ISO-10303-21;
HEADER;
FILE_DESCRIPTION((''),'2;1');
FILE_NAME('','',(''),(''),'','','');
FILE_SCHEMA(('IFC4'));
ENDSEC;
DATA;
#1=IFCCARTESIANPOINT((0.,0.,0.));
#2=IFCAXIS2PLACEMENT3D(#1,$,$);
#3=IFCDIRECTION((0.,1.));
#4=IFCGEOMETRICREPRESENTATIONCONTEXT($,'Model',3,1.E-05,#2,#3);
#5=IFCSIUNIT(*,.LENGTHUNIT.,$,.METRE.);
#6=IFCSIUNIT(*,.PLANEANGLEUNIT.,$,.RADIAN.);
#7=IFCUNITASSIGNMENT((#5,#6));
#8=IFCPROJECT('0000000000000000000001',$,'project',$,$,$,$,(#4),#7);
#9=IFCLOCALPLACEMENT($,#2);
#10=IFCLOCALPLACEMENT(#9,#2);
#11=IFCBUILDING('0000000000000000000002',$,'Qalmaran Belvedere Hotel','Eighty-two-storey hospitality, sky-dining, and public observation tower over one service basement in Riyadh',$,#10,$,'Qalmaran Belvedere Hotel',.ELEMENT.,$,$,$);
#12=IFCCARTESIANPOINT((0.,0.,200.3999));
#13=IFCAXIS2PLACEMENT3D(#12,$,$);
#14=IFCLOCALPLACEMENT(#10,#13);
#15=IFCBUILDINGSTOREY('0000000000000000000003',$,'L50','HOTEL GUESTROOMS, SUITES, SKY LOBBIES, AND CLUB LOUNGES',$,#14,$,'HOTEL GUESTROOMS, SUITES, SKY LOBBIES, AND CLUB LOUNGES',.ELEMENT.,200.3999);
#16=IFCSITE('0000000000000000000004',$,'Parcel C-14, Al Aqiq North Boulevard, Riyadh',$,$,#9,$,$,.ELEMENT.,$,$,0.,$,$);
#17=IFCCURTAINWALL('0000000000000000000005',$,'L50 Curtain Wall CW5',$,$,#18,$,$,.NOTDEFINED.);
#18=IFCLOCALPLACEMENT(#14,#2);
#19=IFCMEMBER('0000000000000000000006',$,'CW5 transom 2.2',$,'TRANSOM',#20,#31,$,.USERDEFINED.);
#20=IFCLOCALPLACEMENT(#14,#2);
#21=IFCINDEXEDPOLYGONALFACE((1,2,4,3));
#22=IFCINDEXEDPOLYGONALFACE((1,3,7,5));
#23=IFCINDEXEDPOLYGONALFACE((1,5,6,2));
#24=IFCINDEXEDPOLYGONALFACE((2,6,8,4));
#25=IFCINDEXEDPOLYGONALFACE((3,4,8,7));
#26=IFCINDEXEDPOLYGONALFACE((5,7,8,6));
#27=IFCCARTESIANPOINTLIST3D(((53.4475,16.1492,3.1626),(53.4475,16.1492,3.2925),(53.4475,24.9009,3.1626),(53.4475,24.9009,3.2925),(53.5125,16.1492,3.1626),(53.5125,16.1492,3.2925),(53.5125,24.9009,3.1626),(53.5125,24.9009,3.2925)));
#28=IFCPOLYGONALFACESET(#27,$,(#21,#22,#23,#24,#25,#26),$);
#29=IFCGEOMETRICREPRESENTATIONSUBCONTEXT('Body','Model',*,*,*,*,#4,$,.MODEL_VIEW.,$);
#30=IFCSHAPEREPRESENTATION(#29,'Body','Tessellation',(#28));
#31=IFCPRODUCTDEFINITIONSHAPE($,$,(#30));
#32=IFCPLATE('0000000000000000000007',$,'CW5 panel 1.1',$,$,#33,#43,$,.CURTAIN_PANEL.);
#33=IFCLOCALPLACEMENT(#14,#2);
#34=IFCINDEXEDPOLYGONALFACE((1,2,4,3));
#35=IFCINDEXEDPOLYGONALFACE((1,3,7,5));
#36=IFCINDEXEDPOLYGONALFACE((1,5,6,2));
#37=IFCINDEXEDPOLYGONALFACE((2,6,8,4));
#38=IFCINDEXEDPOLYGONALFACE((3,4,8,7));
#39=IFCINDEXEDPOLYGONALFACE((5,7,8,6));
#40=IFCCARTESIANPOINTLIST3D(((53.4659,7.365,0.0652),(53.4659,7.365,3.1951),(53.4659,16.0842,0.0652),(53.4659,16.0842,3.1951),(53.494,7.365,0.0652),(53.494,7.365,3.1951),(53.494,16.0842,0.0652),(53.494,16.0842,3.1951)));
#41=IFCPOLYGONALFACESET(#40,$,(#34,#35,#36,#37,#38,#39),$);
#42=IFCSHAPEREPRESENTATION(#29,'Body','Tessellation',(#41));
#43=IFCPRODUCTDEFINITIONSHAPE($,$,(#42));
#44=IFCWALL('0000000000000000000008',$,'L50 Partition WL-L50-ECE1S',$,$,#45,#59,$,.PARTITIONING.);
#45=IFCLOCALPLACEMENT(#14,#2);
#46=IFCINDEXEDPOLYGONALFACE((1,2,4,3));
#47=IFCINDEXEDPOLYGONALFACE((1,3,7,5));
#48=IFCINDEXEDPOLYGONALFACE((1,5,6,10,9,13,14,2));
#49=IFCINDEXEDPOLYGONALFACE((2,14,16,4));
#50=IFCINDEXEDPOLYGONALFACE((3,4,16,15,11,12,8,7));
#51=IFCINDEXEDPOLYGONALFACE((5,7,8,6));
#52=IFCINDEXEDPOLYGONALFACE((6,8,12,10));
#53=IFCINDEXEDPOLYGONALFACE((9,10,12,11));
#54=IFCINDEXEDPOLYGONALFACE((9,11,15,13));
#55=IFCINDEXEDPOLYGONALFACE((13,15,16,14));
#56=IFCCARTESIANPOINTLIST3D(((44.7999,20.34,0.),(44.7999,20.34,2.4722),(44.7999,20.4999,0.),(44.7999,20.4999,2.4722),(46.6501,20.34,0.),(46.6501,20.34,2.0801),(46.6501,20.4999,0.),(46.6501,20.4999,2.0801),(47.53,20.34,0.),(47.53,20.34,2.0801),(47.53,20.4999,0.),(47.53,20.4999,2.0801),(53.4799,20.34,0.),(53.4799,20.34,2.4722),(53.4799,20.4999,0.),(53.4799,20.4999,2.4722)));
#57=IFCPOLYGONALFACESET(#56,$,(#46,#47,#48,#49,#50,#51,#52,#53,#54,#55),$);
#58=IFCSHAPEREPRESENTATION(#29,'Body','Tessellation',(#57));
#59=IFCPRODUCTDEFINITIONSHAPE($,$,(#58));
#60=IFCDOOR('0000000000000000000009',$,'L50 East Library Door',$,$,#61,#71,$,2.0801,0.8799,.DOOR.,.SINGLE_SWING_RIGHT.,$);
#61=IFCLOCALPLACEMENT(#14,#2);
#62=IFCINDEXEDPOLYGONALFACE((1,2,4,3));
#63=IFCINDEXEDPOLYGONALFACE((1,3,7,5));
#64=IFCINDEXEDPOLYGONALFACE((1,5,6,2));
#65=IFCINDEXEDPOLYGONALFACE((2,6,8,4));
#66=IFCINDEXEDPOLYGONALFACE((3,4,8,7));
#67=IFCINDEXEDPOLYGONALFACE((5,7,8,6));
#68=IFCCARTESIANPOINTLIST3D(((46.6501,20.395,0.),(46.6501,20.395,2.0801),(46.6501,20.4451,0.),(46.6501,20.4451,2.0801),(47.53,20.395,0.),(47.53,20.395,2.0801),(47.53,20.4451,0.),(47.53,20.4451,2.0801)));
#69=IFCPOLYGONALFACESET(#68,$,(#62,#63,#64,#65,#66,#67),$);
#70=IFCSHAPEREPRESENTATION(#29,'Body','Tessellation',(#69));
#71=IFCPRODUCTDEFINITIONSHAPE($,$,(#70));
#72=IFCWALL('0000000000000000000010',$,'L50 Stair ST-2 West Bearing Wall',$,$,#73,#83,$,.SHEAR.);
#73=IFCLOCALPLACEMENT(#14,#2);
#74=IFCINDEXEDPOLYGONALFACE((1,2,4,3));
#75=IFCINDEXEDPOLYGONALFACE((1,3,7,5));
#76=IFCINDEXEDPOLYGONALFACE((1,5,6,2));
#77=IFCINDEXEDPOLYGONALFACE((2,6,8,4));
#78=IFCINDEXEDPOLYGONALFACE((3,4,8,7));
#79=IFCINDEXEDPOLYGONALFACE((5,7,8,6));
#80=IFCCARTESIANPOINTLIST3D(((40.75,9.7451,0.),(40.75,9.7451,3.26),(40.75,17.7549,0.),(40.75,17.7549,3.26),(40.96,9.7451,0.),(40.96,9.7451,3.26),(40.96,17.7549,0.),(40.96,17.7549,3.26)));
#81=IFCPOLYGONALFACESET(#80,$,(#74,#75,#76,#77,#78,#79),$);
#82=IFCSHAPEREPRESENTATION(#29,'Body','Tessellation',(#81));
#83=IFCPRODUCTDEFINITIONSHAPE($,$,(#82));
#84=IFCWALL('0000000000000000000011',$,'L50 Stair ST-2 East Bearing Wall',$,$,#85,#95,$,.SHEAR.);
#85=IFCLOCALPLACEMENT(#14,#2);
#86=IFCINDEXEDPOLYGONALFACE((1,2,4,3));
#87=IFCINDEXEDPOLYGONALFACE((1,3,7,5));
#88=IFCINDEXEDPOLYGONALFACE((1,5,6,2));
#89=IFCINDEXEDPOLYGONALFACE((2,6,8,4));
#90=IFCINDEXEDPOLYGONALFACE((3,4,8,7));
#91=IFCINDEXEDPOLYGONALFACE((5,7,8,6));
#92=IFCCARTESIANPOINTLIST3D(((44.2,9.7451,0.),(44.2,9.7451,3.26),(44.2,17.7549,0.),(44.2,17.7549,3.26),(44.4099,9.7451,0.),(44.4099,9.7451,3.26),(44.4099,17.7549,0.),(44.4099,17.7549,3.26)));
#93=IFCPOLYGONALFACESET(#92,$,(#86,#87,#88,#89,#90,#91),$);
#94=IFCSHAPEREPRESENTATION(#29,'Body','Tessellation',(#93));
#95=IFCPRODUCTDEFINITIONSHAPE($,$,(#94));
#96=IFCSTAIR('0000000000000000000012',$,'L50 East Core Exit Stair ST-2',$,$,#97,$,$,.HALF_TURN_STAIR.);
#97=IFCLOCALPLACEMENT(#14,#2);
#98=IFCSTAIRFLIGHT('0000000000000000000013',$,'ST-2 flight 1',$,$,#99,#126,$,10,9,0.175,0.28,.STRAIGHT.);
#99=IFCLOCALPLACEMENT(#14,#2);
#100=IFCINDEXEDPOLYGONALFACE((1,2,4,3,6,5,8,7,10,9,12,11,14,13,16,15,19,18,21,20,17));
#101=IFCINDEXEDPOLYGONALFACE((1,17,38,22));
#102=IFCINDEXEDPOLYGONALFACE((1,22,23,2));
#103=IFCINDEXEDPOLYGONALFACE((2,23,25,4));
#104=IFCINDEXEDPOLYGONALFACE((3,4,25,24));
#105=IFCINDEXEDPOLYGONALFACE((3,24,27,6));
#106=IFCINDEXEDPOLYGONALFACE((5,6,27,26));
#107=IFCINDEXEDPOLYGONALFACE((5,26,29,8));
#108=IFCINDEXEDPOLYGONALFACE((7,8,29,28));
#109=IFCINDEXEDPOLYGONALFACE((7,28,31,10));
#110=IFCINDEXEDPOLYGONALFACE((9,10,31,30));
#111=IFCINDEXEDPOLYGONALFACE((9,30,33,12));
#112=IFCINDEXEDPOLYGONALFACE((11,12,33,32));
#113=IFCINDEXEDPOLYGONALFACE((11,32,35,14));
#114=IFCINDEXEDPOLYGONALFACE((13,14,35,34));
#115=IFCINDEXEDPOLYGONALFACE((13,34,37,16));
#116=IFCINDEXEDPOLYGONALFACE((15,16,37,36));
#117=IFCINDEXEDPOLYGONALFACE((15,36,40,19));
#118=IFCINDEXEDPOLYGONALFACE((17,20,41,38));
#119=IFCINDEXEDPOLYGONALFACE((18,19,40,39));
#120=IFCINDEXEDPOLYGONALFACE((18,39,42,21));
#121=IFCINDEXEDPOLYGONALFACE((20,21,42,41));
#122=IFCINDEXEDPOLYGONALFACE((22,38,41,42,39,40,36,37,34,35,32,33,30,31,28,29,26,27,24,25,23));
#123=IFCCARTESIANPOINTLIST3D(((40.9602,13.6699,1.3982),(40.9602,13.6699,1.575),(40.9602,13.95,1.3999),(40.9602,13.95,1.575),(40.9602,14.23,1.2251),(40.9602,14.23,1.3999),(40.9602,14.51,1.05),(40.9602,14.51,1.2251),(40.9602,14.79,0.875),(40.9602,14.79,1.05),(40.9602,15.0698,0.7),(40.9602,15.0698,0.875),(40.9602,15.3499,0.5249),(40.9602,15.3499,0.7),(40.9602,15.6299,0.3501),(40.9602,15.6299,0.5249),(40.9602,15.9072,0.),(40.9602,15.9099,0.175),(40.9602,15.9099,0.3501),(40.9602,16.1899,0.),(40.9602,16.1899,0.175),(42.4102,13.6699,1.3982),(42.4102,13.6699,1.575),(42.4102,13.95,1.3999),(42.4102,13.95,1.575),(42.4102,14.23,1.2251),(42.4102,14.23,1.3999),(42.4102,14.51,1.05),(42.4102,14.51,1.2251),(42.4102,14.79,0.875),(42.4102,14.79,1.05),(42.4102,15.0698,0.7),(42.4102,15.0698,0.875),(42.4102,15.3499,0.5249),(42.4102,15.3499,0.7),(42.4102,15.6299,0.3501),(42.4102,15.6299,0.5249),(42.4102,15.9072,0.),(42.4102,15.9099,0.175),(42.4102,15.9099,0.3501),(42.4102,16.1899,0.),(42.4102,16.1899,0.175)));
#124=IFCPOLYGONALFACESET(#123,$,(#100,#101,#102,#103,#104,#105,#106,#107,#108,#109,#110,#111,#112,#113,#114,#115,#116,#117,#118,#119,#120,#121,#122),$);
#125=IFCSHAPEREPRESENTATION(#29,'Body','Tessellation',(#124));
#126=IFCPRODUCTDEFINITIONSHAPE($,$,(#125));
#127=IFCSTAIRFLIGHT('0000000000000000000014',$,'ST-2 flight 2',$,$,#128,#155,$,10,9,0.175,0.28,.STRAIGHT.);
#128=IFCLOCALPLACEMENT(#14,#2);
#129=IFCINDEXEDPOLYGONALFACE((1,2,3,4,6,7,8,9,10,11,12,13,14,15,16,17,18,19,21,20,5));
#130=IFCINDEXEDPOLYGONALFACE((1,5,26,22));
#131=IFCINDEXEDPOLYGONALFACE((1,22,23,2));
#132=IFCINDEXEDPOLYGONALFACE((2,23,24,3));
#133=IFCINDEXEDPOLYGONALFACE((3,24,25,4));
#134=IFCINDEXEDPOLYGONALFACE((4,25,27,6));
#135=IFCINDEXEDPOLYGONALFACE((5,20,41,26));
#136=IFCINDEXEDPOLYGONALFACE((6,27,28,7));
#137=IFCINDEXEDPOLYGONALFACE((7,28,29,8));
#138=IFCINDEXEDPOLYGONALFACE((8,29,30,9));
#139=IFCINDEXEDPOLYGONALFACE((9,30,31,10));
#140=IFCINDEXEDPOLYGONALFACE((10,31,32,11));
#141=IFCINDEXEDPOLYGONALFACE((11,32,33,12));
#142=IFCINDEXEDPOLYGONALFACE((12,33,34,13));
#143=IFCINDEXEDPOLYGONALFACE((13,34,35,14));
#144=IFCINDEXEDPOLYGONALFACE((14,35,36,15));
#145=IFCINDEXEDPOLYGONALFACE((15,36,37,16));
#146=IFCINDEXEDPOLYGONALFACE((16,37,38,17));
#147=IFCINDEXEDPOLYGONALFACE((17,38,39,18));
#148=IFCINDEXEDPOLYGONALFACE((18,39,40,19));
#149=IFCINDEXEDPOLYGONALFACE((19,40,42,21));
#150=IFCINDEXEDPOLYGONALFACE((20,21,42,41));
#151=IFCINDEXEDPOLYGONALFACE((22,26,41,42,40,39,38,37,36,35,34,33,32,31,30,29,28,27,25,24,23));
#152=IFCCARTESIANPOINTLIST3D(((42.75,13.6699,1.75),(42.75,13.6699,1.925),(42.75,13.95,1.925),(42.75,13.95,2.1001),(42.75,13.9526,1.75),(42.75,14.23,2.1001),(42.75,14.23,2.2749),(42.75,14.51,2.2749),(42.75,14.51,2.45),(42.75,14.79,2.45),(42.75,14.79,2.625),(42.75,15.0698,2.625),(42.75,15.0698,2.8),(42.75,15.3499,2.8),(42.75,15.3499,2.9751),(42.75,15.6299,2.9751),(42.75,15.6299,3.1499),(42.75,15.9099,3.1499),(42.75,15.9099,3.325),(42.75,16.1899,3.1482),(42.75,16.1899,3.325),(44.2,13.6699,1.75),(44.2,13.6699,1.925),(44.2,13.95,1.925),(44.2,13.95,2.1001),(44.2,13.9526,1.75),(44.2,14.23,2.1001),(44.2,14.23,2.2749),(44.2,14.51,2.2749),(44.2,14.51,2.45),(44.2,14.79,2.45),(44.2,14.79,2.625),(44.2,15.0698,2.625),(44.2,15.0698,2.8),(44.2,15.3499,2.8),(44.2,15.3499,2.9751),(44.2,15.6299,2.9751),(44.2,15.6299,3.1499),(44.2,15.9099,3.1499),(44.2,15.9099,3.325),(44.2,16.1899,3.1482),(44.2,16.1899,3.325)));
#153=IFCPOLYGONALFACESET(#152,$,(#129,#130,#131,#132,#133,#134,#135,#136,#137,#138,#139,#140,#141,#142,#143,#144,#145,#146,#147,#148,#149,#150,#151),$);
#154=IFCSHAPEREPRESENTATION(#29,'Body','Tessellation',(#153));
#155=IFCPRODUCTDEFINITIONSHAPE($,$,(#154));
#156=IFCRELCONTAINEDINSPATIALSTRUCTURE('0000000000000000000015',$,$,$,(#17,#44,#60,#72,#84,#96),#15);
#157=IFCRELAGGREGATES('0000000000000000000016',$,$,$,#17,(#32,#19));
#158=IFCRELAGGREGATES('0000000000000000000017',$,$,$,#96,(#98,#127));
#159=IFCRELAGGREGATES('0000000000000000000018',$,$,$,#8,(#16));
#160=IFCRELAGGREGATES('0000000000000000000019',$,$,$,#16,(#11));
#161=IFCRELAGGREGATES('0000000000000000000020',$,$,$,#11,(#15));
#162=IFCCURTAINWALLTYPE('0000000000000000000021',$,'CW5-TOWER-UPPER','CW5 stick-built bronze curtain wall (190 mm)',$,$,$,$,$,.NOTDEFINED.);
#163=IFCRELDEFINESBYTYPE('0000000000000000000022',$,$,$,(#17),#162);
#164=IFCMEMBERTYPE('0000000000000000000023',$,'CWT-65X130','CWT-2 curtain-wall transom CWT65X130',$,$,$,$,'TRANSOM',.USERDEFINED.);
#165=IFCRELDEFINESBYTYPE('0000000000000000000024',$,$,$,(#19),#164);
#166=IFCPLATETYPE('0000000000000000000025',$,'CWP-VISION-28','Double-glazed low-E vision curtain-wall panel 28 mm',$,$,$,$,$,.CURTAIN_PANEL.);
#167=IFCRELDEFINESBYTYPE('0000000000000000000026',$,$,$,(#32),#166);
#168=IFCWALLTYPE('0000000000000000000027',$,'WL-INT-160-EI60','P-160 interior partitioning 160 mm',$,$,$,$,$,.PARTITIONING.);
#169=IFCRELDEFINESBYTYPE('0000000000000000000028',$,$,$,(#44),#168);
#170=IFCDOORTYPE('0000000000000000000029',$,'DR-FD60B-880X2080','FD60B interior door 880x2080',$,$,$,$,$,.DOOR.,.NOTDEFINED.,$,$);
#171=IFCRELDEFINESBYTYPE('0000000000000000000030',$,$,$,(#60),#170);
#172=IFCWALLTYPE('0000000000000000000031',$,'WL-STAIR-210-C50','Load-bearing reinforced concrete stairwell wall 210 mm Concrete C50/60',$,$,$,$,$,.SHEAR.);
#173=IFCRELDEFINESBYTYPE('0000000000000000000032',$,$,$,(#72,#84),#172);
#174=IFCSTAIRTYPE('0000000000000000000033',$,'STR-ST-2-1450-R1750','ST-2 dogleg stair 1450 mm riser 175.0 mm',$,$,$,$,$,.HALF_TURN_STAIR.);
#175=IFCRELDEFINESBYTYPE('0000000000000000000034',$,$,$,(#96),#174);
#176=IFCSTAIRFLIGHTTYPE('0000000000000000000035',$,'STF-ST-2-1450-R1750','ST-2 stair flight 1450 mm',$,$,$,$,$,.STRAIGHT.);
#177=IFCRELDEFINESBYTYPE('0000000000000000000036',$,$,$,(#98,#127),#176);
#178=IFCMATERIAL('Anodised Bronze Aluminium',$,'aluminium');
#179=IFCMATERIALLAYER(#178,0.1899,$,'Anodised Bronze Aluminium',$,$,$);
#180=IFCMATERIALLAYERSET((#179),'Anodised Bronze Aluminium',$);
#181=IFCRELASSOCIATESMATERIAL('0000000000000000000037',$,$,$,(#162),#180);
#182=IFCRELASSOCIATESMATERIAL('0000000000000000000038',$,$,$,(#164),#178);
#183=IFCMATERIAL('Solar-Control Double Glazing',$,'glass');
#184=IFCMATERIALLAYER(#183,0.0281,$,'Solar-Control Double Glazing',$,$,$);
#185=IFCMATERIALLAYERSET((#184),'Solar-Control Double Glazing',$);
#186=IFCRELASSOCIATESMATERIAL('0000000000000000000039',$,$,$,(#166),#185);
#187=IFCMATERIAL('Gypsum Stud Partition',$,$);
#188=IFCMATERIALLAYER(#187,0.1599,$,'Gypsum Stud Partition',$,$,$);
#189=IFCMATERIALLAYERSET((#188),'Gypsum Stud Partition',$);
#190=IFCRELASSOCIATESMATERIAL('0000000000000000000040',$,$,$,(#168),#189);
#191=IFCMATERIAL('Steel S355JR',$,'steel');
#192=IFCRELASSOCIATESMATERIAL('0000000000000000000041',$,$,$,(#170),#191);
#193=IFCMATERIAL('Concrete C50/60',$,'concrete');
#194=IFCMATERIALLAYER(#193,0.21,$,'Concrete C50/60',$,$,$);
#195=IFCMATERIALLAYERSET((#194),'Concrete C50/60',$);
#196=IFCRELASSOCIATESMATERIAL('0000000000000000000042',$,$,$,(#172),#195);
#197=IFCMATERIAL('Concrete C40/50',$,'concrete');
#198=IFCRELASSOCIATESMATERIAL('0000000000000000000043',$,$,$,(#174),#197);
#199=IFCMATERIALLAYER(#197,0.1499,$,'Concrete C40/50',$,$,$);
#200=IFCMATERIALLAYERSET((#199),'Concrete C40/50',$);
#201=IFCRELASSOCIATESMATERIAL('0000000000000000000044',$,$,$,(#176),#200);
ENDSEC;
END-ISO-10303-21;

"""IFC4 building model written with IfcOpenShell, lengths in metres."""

from ifc_helpers import new_model, si_unit, direction, frame, frame_2d, origin, origin_2d, place, context, subcontext, project, spatial, polyline, rectangle, outline, extrude, material, layer, layer_set, material_profile, profile_set, type_object, element, fill, aggregate, save


model = new_model("IFC4")

# Units and contexts
model_context = context("Model", 3, precision=1e-05, world=origin(), true_north=direction((0.0, 1.0)))
body_context = subcontext(model_context, "Body", "Model", "MODEL_VIEW")
ifc_project = project(units=[si_unit("LENGTHUNIT", "METRE"), si_unit("PLANEANGLEUNIT", "RADIAN")], contexts=[model_context])

# Site, building, storey
site_placement = place(None, origin())
site = spatial("IfcSite", under=ifc_project, at=site_placement, Name="Parcel C-14, Al Aqiq North Boulevard, Riyadh", CompositionType="ELEMENT", RefElevation=0.0)
building_placement = place(site_placement, origin())
building = spatial("IfcBuilding", under=site, at=building_placement, Name="Qalmaran Belvedere Hotel", Description="Eighty-two-storey hospitality, sky-dining, and public observation tower over one service basement in Riyadh", LongName="Qalmaran Belvedere Hotel", CompositionType="ELEMENT")
storey_placement = place(building_placement, frame((0.0, 0.0, 200.3999)))
storey = spatial("IfcBuildingStorey", under=building, at=storey_placement, Name="L50", Description="HOTEL GUESTROOMS, SUITES, SKY LOBBIES, AND CLUB LOUNGES", LongName="HOTEL GUESTROOMS, SUITES, SKY LOBBIES, AND CLUB LOUNGES", CompositionType="ELEMENT", Elevation=200.3999)

# Shared definitions
ifc_material_1 = material(Name="Concrete C50/60", Category="concrete")

# Shared definitions
ifc_material_2 = material(Name="Steel S355JR", Category="steel")

# Curtain wall, member, plate
ifc_material_3 = material(Name="Anodised Bronze Aluminium", Category="aluminium")
ifc_layer_1 = layer(ifc_material_3, 0.1899, Name="Anodised Bronze Aluminium")
ifc_layer_set_1 = layer_set([ifc_layer_1], Name="Anodised Bronze Aluminium")
curtain_wall_type = type_object("IfcCurtainWallType", Name="CW5-TOWER-UPPER", Description="CW5 stick-built bronze curtain wall (190 mm)", PredefinedType="NOTDEFINED", material=ifc_layer_set_1)
curtain_wall_placement = place(storey_placement, origin())
curtain_wall = element("IfcCurtainWall", 1, at=curtain_wall_placement, inside=storey, type_object=curtain_wall_type, Name="L50 Curtain Wall CW5", PredefinedType="NOTDEFINED")
ifc_material_profile_1 = material_profile(ifc_material_3, rectangle(XDim=0.0649, YDim=0.1299, at=origin_2d()), Name="CWT65X130")
ifc_profile_set_1 = profile_set([ifc_material_profile_1], Name="Anodised Bronze Aluminium")
member_type_1 = type_object("IfcMemberType", Name="CWT-65X130", Description="CWT-2 curtain-wall transom CWT65X130", ElementType="TRANSOM", PredefinedType="USERDEFINED", material=ifc_profile_set_1)
member_1_placement = place(storey_placement, frame((53.48, 16.1492, 3.2275), z_axis=(0.0, 1.0, 0.0), x_axis=(-1.0, 0.0, 0.0)))
member_1 = element("IfcMember", 2, at=member_1_placement, type_object=member_type_1, Name="CW5 transom 2.2", ObjectType="TRANSOM", PredefinedType="USERDEFINED", context=body_context, shape_type="SweptSolid", body=[
    extrude(rectangle(XDim=0.0649, YDim=0.1299, at=origin_2d()), origin(), (0.0, 0.0, 1.0), 8.7517),
])
ifc_material_4 = material(Name="Solar-Control Double Glazing", Category="glass")
ifc_layer_2 = layer(ifc_material_4, 0.0281, Name="Solar-Control Double Glazing")
ifc_layer_set_2 = layer_set([ifc_layer_2], Name="Solar-Control Double Glazing")
plate_type = type_object("IfcPlateType", Name="CWP-VISION-28", Description="Double-glazed low-E vision curtain-wall panel 28 mm", PredefinedType="CURTAIN_PANEL", material=ifc_layer_set_2)
plate_placement = place(storey_placement, frame((53.48, 11.7246, 0.0652), z_axis=(0.0, 0.0, 1.0), x_axis=(0.0, 1.0, 0.0)))
plate = element("IfcPlate", 3, at=plate_placement, type_object=plate_type, Name="CW5 panel 1.1", PredefinedType="CURTAIN_PANEL", context=body_context, shape_type="SweptSolid", body=[
    extrude(rectangle(XDim=8.7192, YDim=0.0281, at=origin_2d()), origin(), (0.0, 0.0, 1.0), 3.1299),
])
aggregate(curtain_wall, [plate, member_1])

# Wall, opening, door
ifc_material_5 = material(Name="Gypsum Stud Partition")
ifc_layer_3 = layer(ifc_material_5, 0.1599, Name="Gypsum Stud Partition")
ifc_layer_set_3 = layer_set([ifc_layer_3], Name="Gypsum Stud Partition")
wall_type_1 = type_object("IfcWallType", Name="WL-INT-160-EI60", Description="P-160 interior partitioning 160 mm", PredefinedType="PARTITIONING", material=ifc_layer_set_3)
wall_placement = place(storey_placement, frame((44.8, 20.4199, 0.0), z_axis=(0.0, 0.0, 1.0), x_axis=(1.0, 0.0, 0.0)))
wall = element("IfcWall", 4, at=wall_placement, inside=storey, type_object=wall_type_1, Name="L50 Partition WL-L50-ECE1S", PredefinedType="PARTITIONING", context=body_context, shape_type="SweptSolid", body=[
    extrude(rectangle(XDim=8.6799, YDim=0.1599, at=frame_2d((4.3398, 0.0))), origin(), (0.0, 0.0, 1.0), 2.4722),
])
opening_placement = place(wall_placement, frame((2.73, 0.0, 0.0), z_axis=(0.0, 0.0, 1.0), x_axis=(-1.0, 0.0, 0.0)))
opening = element("IfcOpeningElement", 5, at=opening_placement, cuts=wall, PredefinedType="OPENING", context=body_context, shape_type="SweptSolid", body=[
    extrude(rectangle(XDim=0.8799, YDim=2.0801, at=frame_2d((0.4399, 1.04))), frame((0.0, 0.0898, 0.0), z_axis=(0.0, -1.0, 0.0), x_axis=(1.0, 0.0, 0.0)), (0.0, 0.0, 1.0), 0.1799),
])
door_type = type_object("IfcDoorType", Name="DR-FD60B-880X2080", Description="FD60B interior door 880x2080", OperationType="NOTDEFINED", PredefinedType="DOOR", material=ifc_material_2)
door_placement = place(opening_placement, origin())
door = element("IfcDoor", 6, at=door_placement, inside=storey, type_object=door_type, Name="L50 East Library Door", OperationType="SINGLE_SWING_RIGHT", OverallHeight=2.0801, OverallWidth=0.8799, PredefinedType="DOOR", context=body_context, shape_type="SweptSolid", body=[
    extrude(rectangle(XDim=0.8799, YDim=2.0801, at=frame_2d((0.4399, 1.04))), frame((0.0, 0.0249, 0.0), z_axis=(0.0, -1.0, 0.0), x_axis=(1.0, 0.0, 0.0)), (0.0, 0.0, 1.0), 0.05),
])
fill(opening, door)

# Walls
ifc_layer_4 = layer(ifc_material_1, 0.21, Name="Concrete C50/60")
ifc_layer_set_4 = layer_set([ifc_layer_4], Name="Concrete C50/60")
wall_type_2 = type_object("IfcWallType", Name="WL-STAIR-210-C50", Description="Load-bearing reinforced concrete stairwell wall 210 mm Concrete C50/60", PredefinedType="SHEAR", material=ifc_layer_set_4)
for number, where, z_axis, x_axis, name in (
    (7, (40.855, 9.7451, 0.0), (0.0, 0.0, 1.0), (0.0, 1.0, 0.0), "L50 Stair ST-2 West Bearing Wall"),
    (8, (44.3049, 9.7451, 0.0), (0.0, 0.0, 1.0), (0.0, 1.0, 0.0), "L50 Stair ST-2 East Bearing Wall"),
):
    element("IfcWall", number, at=place(storey_placement, frame(where, z_axis=z_axis, x_axis=x_axis)), inside=storey, type_object=wall_type_2, Name=name, PredefinedType="SHEAR", context=body_context, shape_type="SweptSolid", body=[
        extrude(rectangle(XDim=8.0098, YDim=0.21, at=frame_2d((4.0049, 0.0))), origin(), (0.0, 0.0, 1.0), 3.26),
    ])

# Stair, stair flights
ifc_material_6 = material(Name="Concrete C40/50", Category="concrete")
stair_type = type_object("IfcStairType", Name="STR-ST-2-1450-R1750", Description="ST-2 dogleg stair 1450 mm riser 175.0 mm", PredefinedType="HALF_TURN_STAIR", material=ifc_material_6)
stair_placement = place(storey_placement, origin())
stair = element("IfcStair", 9, at=stair_placement, inside=storey, type_object=stair_type, Name="L50 East Core Exit Stair ST-2", PredefinedType="HALF_TURN_STAIR")
ifc_layer_5 = layer(ifc_material_6, 0.1499, Name="Concrete C40/50")
ifc_layer_set_5 = layer_set([ifc_layer_5], Name="Concrete C40/50")
stair_flight_type = type_object("IfcStairFlightType", Name="STF-ST-2-1450-R1750", Description="ST-2 stair flight 1450 mm", PredefinedType="STRAIGHT", material=ifc_layer_set_5)
stair_flight_1_placement = place(storey_placement, frame((41.6851, 16.1899, 0.0), z_axis=(0.0, 0.0, 1.0), x_axis=(0.0, -1.0, 0.0)))
stair_flight_1 = element("IfcStairFlight", 10, at=stair_flight_1_placement, type_object=stair_flight_type, Name="ST-2 flight 1", NumberOfRisers=10, NumberOfTreads=9, PredefinedType="STRAIGHT", RiserHeight=0.175, TreadLength=0.28, context=body_context, shape_type="SweptSolid", body=[
    extrude(outline(polyline([(0.0, 0.0), (0.0, 0.175), (0.28, 0.175), (0.28, 0.3501), (0.5601, 0.3501), (0.5601, 0.5249), (0.8401, 0.5249), (0.8401, 0.7), (1.1201, 0.7), (1.1201, 0.875), (1.3999, 0.875), (1.3999, 1.05), (1.6799, 1.05), (1.6799, 1.2251), (1.96, 1.2251), (1.96, 1.3999), (2.24, 1.3999), (2.24, 1.575), (2.52, 1.575), (2.52, 1.75), (2.52, 1.3982), (0.2827, 0.0), (0.0, 0.0)])), frame((0.0, 0.7251, 0.0), z_axis=(0.0, -1.0, 0.0), x_axis=(1.0, 0.0, 0.0)), (0.0, 0.0, 1.0), 1.45),
])
stair_flight_2_placement = place(storey_placement, frame((43.4751, 13.6699, 1.75), z_axis=(0.0, 0.0, 1.0), x_axis=(0.0, 1.0, 0.0)))
stair_flight_2 = element("IfcStairFlight", 11, at=stair_flight_2_placement, type_object=stair_flight_type, Name="ST-2 flight 2", NumberOfRisers=10, NumberOfTreads=9, PredefinedType="STRAIGHT", RiserHeight=0.175, TreadLength=0.28, context=body_context, shape_type="SweptSolid", body=[
    extrude(outline(polyline([(0.0, 0.0), (0.0, 0.175), (0.28, 0.175), (0.28, 0.3501), (0.5601, 0.3501), (0.5601, 0.5249), (0.8401, 0.5249), (0.8401, 0.7), (1.1201, 0.7), (1.1201, 0.875), (1.3999, 0.875), (1.3999, 1.05), (1.6799, 1.05), (1.6799, 1.2251), (1.96, 1.2251), (1.96, 1.3999), (2.24, 1.3999), (2.24, 1.575), (2.52, 1.575), (2.52, 1.75), (2.52, 1.3982), (0.2827, 0.0), (0.0, 0.0)])), frame((0.0, 0.7251, 0.0), z_axis=(0.0, -1.0, 0.0), x_axis=(1.0, 0.0, 0.0)), (0.0, 0.0, 1.0), 1.45),
])
aggregate(stair, [stair_flight_1, stair_flight_2])

save(model, "model.ifc")
